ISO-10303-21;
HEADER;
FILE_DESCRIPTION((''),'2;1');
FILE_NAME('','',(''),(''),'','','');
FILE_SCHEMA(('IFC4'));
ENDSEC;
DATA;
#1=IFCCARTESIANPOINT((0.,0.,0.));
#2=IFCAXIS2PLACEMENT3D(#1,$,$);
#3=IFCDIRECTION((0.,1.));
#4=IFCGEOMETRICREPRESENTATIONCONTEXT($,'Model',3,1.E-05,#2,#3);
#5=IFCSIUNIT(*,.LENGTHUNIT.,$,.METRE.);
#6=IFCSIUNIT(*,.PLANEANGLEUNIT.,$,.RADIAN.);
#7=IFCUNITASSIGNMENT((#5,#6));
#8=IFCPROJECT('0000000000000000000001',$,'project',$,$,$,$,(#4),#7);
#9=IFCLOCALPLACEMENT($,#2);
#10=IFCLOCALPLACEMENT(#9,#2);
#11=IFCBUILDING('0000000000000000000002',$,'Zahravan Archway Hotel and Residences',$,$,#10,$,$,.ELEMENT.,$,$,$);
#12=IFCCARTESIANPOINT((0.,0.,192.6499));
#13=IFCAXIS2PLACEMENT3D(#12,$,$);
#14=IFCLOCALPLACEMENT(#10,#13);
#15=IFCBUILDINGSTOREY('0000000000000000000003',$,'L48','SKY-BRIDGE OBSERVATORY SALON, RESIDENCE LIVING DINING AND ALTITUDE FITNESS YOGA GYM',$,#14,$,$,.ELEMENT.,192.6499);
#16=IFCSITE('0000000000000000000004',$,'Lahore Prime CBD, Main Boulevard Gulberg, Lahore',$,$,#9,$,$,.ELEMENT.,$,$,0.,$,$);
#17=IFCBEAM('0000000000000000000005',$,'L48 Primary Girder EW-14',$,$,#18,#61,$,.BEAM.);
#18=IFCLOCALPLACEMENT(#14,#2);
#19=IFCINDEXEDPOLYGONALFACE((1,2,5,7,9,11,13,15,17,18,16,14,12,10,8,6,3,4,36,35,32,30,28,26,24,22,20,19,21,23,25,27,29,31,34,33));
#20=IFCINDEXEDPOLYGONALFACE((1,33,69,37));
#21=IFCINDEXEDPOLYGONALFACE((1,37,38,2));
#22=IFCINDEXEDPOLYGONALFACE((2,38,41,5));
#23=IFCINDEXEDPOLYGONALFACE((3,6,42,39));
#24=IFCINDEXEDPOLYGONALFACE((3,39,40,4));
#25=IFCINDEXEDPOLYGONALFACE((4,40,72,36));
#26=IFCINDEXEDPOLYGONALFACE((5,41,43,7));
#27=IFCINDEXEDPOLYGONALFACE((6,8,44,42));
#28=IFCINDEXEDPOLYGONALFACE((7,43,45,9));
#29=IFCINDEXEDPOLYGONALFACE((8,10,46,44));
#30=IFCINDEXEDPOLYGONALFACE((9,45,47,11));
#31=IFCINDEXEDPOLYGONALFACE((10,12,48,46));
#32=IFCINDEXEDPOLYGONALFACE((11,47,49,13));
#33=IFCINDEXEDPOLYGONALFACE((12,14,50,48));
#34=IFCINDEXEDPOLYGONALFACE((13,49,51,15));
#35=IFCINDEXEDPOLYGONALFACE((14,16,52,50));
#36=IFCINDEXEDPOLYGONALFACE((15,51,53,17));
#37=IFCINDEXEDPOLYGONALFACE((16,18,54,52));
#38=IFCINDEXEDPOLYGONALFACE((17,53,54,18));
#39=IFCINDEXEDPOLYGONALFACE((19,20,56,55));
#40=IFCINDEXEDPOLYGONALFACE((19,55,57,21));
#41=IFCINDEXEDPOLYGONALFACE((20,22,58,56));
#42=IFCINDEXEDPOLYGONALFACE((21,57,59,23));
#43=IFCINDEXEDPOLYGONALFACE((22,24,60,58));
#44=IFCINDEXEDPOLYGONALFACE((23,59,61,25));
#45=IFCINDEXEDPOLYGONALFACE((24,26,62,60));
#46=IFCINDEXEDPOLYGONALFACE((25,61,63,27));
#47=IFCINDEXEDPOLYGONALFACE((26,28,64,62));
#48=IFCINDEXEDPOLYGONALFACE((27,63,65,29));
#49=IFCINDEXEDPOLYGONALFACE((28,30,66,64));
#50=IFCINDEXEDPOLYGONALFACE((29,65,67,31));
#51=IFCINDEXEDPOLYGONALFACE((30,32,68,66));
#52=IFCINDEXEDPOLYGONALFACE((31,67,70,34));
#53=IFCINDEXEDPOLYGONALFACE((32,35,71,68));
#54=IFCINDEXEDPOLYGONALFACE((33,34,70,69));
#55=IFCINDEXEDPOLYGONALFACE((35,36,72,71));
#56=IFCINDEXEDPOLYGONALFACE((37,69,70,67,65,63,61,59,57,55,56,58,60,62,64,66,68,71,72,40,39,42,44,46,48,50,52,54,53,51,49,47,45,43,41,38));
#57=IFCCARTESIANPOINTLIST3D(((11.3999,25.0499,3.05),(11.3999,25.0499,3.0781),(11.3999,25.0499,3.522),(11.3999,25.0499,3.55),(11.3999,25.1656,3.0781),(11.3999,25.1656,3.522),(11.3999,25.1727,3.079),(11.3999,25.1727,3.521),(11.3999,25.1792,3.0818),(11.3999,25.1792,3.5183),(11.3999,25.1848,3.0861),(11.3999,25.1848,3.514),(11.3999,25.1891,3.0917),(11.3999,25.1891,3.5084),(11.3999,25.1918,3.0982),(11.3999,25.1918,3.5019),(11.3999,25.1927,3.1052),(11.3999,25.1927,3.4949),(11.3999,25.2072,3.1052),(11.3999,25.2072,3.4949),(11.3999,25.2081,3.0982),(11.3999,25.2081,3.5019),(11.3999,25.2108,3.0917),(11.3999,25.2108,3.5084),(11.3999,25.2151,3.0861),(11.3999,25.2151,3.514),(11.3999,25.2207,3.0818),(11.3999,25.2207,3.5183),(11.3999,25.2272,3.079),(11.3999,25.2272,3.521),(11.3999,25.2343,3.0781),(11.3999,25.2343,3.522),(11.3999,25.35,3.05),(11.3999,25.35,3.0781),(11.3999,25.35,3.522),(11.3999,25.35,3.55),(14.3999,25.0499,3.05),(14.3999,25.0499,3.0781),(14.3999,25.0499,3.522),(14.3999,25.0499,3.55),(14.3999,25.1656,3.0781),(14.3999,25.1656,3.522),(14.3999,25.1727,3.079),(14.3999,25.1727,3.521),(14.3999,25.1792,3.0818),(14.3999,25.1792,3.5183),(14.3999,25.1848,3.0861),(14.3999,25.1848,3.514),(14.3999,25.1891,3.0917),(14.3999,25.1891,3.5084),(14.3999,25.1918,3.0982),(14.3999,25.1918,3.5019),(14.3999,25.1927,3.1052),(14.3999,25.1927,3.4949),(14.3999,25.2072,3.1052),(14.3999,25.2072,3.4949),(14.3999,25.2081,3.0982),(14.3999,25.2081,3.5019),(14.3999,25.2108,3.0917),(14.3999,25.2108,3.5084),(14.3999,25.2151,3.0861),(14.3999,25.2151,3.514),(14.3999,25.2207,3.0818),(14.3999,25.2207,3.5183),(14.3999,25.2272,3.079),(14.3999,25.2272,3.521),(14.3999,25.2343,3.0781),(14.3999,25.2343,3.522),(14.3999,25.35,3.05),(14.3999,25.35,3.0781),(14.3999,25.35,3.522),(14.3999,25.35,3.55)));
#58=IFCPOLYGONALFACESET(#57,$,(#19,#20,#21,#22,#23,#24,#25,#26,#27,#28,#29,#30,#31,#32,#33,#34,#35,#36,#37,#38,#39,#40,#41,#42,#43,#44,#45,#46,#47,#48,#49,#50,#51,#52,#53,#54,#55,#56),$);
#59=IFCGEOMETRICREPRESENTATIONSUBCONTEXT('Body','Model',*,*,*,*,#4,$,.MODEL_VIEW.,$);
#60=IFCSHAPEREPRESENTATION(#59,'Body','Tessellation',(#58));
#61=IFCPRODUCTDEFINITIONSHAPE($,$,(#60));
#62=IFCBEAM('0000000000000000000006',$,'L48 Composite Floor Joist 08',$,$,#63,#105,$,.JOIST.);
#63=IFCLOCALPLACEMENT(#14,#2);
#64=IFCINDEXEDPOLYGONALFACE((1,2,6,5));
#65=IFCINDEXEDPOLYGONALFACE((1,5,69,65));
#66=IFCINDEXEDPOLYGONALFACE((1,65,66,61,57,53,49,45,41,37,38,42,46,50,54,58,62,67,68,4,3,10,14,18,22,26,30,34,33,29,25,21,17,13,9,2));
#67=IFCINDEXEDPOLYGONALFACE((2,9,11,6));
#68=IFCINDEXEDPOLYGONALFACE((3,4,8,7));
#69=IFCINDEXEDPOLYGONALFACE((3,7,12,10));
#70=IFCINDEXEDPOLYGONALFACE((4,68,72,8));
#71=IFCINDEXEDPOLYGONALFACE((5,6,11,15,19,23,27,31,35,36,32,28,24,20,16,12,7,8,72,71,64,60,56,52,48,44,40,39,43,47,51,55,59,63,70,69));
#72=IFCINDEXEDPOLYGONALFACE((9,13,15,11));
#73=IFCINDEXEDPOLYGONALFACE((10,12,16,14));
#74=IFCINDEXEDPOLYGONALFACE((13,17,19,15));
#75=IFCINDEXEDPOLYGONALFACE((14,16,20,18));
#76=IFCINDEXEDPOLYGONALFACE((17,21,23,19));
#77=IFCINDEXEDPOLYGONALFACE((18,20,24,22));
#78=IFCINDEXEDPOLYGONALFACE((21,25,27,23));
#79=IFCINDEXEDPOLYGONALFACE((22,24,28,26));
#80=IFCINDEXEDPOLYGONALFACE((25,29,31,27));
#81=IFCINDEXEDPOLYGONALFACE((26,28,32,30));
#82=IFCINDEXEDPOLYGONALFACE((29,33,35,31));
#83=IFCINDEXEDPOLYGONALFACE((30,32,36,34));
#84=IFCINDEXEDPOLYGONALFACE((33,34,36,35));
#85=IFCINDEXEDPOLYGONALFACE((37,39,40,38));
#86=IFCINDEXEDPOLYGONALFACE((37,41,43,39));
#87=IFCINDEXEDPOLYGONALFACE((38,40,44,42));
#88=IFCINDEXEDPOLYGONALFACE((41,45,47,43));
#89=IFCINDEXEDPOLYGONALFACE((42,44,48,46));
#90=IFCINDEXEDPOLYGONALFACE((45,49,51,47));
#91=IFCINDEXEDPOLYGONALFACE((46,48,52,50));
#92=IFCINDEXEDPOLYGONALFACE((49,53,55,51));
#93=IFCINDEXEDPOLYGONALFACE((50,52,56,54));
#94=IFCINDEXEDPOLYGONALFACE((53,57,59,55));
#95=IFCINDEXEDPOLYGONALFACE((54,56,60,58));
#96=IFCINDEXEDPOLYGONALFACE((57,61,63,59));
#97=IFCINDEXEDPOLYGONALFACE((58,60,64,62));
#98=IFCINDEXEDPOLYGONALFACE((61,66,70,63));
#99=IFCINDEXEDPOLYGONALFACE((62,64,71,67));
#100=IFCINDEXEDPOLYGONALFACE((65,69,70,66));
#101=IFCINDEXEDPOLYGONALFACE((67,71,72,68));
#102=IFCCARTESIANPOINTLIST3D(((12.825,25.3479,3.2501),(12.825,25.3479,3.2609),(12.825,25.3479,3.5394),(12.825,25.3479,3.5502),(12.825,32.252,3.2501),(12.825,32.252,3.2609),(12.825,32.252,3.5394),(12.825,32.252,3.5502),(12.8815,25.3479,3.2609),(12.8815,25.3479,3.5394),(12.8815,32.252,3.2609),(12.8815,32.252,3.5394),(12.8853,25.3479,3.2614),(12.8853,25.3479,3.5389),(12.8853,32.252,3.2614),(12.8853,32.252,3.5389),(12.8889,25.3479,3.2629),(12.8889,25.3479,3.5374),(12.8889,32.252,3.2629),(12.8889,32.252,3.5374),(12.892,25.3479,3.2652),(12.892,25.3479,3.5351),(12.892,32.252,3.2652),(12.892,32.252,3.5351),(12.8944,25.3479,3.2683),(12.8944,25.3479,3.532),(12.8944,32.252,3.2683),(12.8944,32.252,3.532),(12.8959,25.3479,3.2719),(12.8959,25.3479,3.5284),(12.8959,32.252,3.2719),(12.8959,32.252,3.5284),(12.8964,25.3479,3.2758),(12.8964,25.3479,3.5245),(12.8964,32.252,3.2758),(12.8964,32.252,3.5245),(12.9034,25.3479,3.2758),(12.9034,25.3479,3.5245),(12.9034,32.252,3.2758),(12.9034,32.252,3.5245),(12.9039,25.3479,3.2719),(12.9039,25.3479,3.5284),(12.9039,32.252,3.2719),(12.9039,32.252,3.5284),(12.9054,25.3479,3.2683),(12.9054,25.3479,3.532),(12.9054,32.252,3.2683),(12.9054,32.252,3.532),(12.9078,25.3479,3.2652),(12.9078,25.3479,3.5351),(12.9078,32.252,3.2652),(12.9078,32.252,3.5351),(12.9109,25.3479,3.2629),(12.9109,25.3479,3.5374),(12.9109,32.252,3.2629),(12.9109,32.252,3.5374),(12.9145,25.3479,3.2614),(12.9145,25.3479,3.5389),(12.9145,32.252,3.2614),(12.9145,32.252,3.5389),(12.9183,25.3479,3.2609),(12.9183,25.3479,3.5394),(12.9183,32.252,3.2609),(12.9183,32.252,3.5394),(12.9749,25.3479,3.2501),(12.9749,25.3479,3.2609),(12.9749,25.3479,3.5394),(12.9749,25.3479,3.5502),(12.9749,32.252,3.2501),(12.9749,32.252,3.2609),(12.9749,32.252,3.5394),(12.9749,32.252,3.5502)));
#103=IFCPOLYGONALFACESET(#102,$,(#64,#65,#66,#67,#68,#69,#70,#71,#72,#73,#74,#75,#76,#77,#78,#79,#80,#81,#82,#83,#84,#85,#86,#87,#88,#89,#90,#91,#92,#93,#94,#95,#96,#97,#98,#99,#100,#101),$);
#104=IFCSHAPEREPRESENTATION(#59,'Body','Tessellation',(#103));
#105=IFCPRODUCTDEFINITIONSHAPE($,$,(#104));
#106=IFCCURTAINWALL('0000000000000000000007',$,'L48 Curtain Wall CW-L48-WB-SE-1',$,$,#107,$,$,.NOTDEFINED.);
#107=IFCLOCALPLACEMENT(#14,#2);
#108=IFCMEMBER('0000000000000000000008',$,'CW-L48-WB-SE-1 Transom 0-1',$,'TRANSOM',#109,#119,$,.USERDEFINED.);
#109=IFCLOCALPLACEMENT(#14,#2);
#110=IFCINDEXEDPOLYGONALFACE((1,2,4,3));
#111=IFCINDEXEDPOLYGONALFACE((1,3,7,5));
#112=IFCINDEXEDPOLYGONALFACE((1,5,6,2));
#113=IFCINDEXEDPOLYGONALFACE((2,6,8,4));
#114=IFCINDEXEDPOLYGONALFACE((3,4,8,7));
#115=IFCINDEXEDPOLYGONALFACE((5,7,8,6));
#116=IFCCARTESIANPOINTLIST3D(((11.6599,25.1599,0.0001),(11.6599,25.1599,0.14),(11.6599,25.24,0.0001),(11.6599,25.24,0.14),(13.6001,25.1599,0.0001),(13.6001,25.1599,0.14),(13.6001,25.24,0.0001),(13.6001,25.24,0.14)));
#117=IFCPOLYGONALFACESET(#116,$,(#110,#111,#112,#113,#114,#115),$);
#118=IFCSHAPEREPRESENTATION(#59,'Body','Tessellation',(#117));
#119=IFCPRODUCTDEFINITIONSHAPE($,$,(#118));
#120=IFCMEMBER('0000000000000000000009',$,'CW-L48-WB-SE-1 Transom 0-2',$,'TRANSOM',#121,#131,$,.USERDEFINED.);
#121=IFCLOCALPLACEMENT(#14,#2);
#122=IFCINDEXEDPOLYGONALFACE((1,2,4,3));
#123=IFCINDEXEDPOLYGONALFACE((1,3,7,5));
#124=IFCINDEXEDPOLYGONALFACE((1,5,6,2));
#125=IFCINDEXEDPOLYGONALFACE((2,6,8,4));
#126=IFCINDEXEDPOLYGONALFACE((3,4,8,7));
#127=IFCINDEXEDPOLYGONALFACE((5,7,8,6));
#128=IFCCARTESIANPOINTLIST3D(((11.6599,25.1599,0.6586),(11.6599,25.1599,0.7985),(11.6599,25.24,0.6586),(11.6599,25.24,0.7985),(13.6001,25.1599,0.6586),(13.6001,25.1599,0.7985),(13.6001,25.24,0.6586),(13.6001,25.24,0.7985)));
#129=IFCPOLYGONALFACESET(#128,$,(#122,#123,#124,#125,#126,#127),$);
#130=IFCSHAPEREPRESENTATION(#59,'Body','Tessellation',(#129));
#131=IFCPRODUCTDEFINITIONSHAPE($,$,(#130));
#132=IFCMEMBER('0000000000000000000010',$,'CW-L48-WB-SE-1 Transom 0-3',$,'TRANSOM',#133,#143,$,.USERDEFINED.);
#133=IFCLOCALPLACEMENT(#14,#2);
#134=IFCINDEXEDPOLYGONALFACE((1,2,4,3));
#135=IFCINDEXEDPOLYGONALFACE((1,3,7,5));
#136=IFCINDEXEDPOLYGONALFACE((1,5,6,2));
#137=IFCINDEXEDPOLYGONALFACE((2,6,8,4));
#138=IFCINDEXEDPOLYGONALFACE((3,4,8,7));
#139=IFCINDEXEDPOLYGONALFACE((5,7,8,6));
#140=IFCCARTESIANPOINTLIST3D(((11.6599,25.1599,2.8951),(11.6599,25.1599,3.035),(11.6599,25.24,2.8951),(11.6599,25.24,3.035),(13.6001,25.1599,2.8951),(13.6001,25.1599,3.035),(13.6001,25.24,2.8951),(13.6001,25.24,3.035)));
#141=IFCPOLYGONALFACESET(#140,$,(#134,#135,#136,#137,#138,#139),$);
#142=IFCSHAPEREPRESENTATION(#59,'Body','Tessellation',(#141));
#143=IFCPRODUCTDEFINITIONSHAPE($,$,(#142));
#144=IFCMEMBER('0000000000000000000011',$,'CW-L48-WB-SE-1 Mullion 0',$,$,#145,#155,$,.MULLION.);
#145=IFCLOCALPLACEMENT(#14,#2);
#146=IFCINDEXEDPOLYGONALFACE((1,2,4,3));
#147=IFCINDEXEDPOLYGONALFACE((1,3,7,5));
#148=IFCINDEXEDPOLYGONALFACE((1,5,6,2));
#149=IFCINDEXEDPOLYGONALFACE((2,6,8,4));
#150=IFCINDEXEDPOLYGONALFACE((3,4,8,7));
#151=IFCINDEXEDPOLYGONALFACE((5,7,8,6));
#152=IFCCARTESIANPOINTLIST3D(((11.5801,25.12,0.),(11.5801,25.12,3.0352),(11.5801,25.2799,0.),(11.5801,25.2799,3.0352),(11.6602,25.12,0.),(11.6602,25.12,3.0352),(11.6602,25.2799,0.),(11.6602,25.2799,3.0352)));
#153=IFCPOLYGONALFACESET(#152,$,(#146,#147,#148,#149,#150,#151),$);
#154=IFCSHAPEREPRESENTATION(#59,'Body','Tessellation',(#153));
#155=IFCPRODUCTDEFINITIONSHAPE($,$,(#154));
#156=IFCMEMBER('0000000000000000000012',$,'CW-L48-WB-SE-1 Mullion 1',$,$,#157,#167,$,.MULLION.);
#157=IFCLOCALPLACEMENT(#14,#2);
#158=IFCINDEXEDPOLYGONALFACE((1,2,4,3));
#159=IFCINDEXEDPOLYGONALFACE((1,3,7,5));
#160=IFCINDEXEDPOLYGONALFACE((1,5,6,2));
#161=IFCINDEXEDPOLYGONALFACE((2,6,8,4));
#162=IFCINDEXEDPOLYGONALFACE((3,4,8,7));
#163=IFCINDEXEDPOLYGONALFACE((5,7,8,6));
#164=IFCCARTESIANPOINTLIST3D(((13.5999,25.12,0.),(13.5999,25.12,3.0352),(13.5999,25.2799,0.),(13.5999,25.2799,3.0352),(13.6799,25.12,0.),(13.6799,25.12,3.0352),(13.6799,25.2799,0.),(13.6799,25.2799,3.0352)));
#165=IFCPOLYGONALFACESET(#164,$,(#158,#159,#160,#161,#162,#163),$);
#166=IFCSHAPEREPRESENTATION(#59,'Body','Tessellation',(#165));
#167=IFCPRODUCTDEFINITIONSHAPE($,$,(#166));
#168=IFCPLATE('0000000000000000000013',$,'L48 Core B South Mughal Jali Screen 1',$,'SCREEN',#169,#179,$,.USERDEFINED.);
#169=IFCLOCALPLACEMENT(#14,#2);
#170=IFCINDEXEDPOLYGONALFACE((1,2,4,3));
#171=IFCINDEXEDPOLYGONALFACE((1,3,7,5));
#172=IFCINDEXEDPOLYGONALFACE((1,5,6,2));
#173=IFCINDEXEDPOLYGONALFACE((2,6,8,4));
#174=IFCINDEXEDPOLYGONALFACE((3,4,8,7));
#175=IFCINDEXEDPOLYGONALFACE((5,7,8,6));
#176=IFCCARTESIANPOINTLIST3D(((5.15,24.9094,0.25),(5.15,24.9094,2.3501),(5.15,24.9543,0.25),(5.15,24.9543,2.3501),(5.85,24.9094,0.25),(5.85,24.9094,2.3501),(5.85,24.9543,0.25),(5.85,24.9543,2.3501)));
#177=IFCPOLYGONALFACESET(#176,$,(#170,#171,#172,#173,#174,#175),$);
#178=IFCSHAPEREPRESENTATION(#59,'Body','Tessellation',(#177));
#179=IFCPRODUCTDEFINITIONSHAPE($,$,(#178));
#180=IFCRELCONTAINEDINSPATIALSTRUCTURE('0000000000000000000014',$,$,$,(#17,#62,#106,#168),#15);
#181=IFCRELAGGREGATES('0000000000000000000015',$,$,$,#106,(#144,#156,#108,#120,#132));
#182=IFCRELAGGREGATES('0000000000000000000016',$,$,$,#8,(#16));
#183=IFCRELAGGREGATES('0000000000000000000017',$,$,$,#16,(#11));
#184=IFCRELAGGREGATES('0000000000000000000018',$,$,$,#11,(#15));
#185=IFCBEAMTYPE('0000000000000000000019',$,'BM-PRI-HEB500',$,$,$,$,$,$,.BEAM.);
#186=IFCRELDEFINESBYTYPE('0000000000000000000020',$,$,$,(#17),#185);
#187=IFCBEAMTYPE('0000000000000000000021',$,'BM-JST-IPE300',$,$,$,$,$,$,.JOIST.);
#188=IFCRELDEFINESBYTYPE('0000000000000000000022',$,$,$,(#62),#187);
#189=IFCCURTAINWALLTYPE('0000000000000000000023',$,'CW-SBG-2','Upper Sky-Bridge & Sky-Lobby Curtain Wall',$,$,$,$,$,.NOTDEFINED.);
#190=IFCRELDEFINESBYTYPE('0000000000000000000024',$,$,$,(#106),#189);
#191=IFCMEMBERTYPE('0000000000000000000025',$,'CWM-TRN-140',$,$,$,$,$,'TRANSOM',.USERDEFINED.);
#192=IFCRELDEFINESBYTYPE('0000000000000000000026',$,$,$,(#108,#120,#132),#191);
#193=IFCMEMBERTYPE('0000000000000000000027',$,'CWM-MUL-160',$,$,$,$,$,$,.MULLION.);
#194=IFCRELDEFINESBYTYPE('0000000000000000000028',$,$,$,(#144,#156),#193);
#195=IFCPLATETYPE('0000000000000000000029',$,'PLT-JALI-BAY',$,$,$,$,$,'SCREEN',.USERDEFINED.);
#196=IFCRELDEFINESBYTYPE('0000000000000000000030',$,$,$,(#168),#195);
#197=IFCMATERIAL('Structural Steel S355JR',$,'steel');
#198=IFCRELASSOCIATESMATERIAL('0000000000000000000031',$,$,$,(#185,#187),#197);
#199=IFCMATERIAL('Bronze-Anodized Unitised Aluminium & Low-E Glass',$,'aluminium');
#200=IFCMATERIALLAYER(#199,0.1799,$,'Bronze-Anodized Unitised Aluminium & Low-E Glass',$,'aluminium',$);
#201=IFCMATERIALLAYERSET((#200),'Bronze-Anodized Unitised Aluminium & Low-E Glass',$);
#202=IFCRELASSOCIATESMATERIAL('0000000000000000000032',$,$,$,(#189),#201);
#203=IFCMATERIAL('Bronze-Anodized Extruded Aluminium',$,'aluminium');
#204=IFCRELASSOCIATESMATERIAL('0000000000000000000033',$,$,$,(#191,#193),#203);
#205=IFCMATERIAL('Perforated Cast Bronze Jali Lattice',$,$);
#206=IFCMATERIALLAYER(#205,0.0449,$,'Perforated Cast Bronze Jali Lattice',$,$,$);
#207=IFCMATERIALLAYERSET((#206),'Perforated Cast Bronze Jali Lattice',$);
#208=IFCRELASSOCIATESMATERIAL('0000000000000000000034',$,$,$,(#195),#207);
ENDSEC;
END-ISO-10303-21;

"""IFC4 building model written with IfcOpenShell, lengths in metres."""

from ifc_helpers import new_model, si_unit, direction, frame, origin, origin_2d, place, context, subcontext, project, spatial, rectangle, i_section, extrude, source, transform, mapped, material, layer, layer_set, material_profile, profile_set, type_object, type_shapes, element, aggregate, save


model = new_model("IFC4")

# Units and contexts
model_context = context("Model", 3, precision=1e-05, world=origin(), true_north=direction((0.0, 1.0)))
body_context = subcontext(model_context, "Body", "Model", "MODEL_VIEW")
ifc_project = project(units=[si_unit("LENGTHUNIT", "METRE"), si_unit("PLANEANGLEUNIT", "RADIAN")], contexts=[model_context])

# Site, building, storey
site_placement = place(None, origin())
site = spatial("IfcSite", under=ifc_project, at=site_placement, Name="Lahore Prime CBD, Main Boulevard Gulberg, Lahore", CompositionType="ELEMENT", RefElevation=0.0)
building_placement = place(site_placement, origin())
building = spatial("IfcBuilding", under=site, at=building_placement, Name="Zahravan Archway Hotel and Residences", CompositionType="ELEMENT")
storey_placement = place(building_placement, frame((0.0, 0.0, 192.6499)))
storey = spatial("IfcBuildingStorey", under=building, at=storey_placement, Name="L48", Description="SKY-BRIDGE OBSERVATORY SALON, RESIDENCE LIVING DINING AND ALTITUDE FITNESS YOGA GYM", CompositionType="ELEMENT", Elevation=192.6499)

# Beams
ifc_material_1 = material(Name="Structural Steel S355JR", Category="steel")
ifc_material_profile_1 = material_profile(ifc_material_1, i_section(OverallWidth=0.3, OverallDepth=0.5, WebThickness=0.0144, FlangeThickness=0.0281, FilletRadius=0.0271, at=origin_2d()), Name="HEB 500", Category="steel")
ifc_profile_set_1 = profile_set([ifc_material_profile_1], Name="Structural Steel S355JR")
beam_type_1 = type_object("IfcBeamType", Name="BM-PRI-HEB500", PredefinedType="BEAM", material=ifc_profile_set_1)
shared_shape_1 = source(origin(), body_context, "Body", "SweptSolid", [
    extrude(i_section(OverallWidth=0.3, OverallDepth=0.5, WebThickness=0.0144, FlangeThickness=0.0281, FilletRadius=0.0271, at=origin_2d()), origin(), (0.0, 0.0, 1.0), 3.0),
])
beam_1_placement = place(storey_placement, frame((11.3999, 25.2, 3.3), z_axis=(1.0, 0.0, 0.0), x_axis=(0.0, 1.0, 0.0)))
element("IfcBeam", 1, at=beam_1_placement, inside=storey, type_object=beam_type_1, Name="L48 Primary Girder EW-14", PredefinedType="BEAM", context=body_context, shape_type="MappedRepresentation", body=[
    mapped(shared_shape_1, transform((0.0, 0.0, 0.0), scale=1.0)),
])
ifc_material_profile_2 = material_profile(ifc_material_1, i_section(OverallWidth=0.1499, OverallDepth=0.3, WebThickness=0.0071, FlangeThickness=0.0107, FilletRadius=0.0149, at=origin_2d()), Name="IPE 300", Category="steel")
ifc_profile_set_2 = profile_set([ifc_material_profile_2], Name="Structural Steel S355JR")
beam_type_2 = type_object("IfcBeamType", Name="BM-JST-IPE300", PredefinedType="JOIST", material=ifc_profile_set_2)
shared_shape_2 = source(origin(), body_context, "Body", "SweptSolid", [
    extrude(i_section(OverallWidth=0.1499, OverallDepth=0.3, WebThickness=0.0071, FlangeThickness=0.0107, FilletRadius=0.0149, at=origin_2d()), origin(), (0.0, 0.0, 1.0), 6.9041),
])
type_shapes(beam_type_2, [shared_shape_2])
beam_2_placement = place(storey_placement, frame((12.8999, 25.3479, 3.4001), z_axis=(0.0, 1.0, 0.0), x_axis=(-1.0, 0.0, 0.0)))
element("IfcBeam", 2, at=beam_2_placement, inside=storey, type_object=beam_type_2, Name="L48 Composite Floor Joist 08", PredefinedType="JOIST", context=body_context, shape_type="MappedRepresentation", body=[
    mapped(shared_shape_2, transform((0.0, 0.0, 0.0), scale=1.0)),
])

# Curtain wall, members
ifc_material_2 = material(Name="Bronze-Anodized Unitised Aluminium & Low-E Glass", Category="aluminium")
ifc_layer_1 = layer(ifc_material_2, 0.1799, Name="Bronze-Anodized Unitised Aluminium & Low-E Glass", Category="aluminium")
ifc_layer_set_1 = layer_set([ifc_layer_1], Name="Bronze-Anodized Unitised Aluminium & Low-E Glass")
curtain_wall_type = type_object("IfcCurtainWallType", Name="CW-SBG-2", Description="Upper Sky-Bridge & Sky-Lobby Curtain Wall", PredefinedType="NOTDEFINED", material=ifc_layer_set_1)
curtain_wall_placement = place(storey_placement, origin())
curtain_wall = element("IfcCurtainWall", 3, at=curtain_wall_placement, inside=storey, type_object=curtain_wall_type, Name="L48 Curtain Wall CW-L48-WB-SE-1", PredefinedType="NOTDEFINED")
ifc_material_3 = material(Name="Bronze-Anodized Extruded Aluminium", Category="aluminium")
ifc_material_profile_3 = material_profile(ifc_material_3, rectangle(XDim=0.0801, YDim=0.1399, at=origin_2d()), Name="TRN 80x140", Category="aluminium")
ifc_profile_set_3 = profile_set([ifc_material_profile_3], Name="Bronze-Anodized Extruded Aluminium")
member_type_1 = type_object("IfcMemberType", Name="CWM-TRN-140", ElementType="TRANSOM", PredefinedType="USERDEFINED", material=ifc_profile_set_3)
shared_shape_3 = source(origin(), body_context, "Body", "SweptSolid", [
    extrude(rectangle(XDim=0.0801, YDim=0.1399, at=origin_2d()), origin(), (0.0, 0.0, 1.0), 1.9402),
])
member_1_placement = place(storey_placement, frame((11.6599, 25.2, 0.0701), z_axis=(1.0, 0.0, 0.0), x_axis=(0.0, 1.0, 0.0)))
member_1 = element("IfcMember", 4, at=member_1_placement, type_object=member_type_1, Name="CW-L48-WB-SE-1 Transom 0-1", ObjectType="TRANSOM", PredefinedType="USERDEFINED", context=body_context, shape_type="MappedRepresentation", body=[
    mapped(shared_shape_3, transform((0.0, 0.0, 0.0), scale=1.0)),
])
member_2_placement = place(storey_placement, frame((11.6599, 25.2, 0.7285), z_axis=(1.0, 0.0, 0.0), x_axis=(0.0, 1.0, 0.0)))
member_2 = element("IfcMember", 5, at=member_2_placement, type_object=member_type_1, Name="CW-L48-WB-SE-1 Transom 0-2", ObjectType="TRANSOM", PredefinedType="USERDEFINED", context=body_context, shape_type="MappedRepresentation", body=[
    mapped(shared_shape_3, transform((0.0, 0.0, 0.0), scale=1.0)),
])
member_3_placement = place(storey_placement, frame((11.6599, 25.2, 2.9651), z_axis=(1.0, 0.0, 0.0), x_axis=(0.0, 1.0, 0.0)))
member_3 = element("IfcMember", 6, at=member_3_placement, type_object=member_type_1, Name="CW-L48-WB-SE-1 Transom 0-3", ObjectType="TRANSOM", PredefinedType="USERDEFINED", context=body_context, shape_type="MappedRepresentation", body=[
    mapped(shared_shape_3, transform((0.0, 0.0, 0.0), scale=1.0)),
])
ifc_material_profile_4 = material_profile(ifc_material_3, rectangle(XDim=0.0801, YDim=0.1599, at=origin_2d()), Name="MUL 80x160", Category="aluminium")
ifc_profile_set_4 = profile_set([ifc_material_profile_4], Name="Bronze-Anodized Extruded Aluminium")
member_type_2 = type_object("IfcMemberType", Name="CWM-MUL-160", PredefinedType="MULLION", material=ifc_profile_set_4)
shared_shape_4 = source(origin(), body_context, "Body", "SweptSolid", [
    extrude(rectangle(XDim=0.0801, YDim=0.1599, at=origin_2d()), origin(), (0.0, 0.0, 1.0), 3.0352),
])
member_4_placement = place(storey_placement, frame((11.6201, 25.2, 0.0), z_axis=(0.0, 0.0, 1.0), x_axis=(1.0, 0.0, 0.0)))
member_4 = element("IfcMember", 7, at=member_4_placement, type_object=member_type_2, Name="CW-L48-WB-SE-1 Mullion 0", PredefinedType="MULLION", context=body_context, shape_type="MappedRepresentation", body=[
    mapped(shared_shape_4, transform((0.0, 0.0, 0.0), scale=1.0)),
])
member_5_placement = place(storey_placement, frame((13.6399, 25.2, 0.0), z_axis=(0.0, 0.0, 1.0), x_axis=(1.0, 0.0, 0.0)))
member_5 = element("IfcMember", 8, at=member_5_placement, type_object=member_type_2, Name="CW-L48-WB-SE-1 Mullion 1", PredefinedType="MULLION", context=body_context, shape_type="MappedRepresentation", body=[
    mapped(shared_shape_4, transform((0.0, 0.0, 0.0), scale=1.0)),
])

# Plate
ifc_material_4 = material(Name="Perforated Cast Bronze Jali Lattice")
ifc_layer_2 = layer(ifc_material_4, 0.0449, Name="Perforated Cast Bronze Jali Lattice")
ifc_layer_set_2 = layer_set([ifc_layer_2], Name="Perforated Cast Bronze Jali Lattice")
plate_type_1 = type_object("IfcPlateType", Name="PLT-JALI-BAY", ElementType="SCREEN", PredefinedType="USERDEFINED", material=ifc_layer_set_2)
shared_shape_5 = source(origin(), body_context, "Body", "SweptSolid", [
    extrude(rectangle(XDim=0.7, YDim=0.0449, at=origin_2d()), origin(), (0.0, 0.0, 1.0), 2.1001),
])
type_shapes(plate_type_1, [shared_shape_5])
for number, where, z_axis, x_axis, name in (
    (9, (5.5, 24.9319, 0.25), (0.0, 0.0, 1.0), (1.0, 0.0, 0.0), "L48 Core B South Mughal Jali Screen 1"),
):
    element("IfcPlate", number, at=place(storey_placement, frame(where, z_axis=z_axis, x_axis=x_axis)), inside=storey, type_object=plate_type_1, Name=name, ObjectType="SCREEN", PredefinedType="USERDEFINED", context=body_context, shape_type="MappedRepresentation", body=[
        mapped(shared_shape_5, transform((0.0, 0.0, 0.0), scale=1.0)),
    ])

aggregate(curtain_wall, [member_4, member_5, member_1, member_2, member_3])

save(model, "model.ifc")
